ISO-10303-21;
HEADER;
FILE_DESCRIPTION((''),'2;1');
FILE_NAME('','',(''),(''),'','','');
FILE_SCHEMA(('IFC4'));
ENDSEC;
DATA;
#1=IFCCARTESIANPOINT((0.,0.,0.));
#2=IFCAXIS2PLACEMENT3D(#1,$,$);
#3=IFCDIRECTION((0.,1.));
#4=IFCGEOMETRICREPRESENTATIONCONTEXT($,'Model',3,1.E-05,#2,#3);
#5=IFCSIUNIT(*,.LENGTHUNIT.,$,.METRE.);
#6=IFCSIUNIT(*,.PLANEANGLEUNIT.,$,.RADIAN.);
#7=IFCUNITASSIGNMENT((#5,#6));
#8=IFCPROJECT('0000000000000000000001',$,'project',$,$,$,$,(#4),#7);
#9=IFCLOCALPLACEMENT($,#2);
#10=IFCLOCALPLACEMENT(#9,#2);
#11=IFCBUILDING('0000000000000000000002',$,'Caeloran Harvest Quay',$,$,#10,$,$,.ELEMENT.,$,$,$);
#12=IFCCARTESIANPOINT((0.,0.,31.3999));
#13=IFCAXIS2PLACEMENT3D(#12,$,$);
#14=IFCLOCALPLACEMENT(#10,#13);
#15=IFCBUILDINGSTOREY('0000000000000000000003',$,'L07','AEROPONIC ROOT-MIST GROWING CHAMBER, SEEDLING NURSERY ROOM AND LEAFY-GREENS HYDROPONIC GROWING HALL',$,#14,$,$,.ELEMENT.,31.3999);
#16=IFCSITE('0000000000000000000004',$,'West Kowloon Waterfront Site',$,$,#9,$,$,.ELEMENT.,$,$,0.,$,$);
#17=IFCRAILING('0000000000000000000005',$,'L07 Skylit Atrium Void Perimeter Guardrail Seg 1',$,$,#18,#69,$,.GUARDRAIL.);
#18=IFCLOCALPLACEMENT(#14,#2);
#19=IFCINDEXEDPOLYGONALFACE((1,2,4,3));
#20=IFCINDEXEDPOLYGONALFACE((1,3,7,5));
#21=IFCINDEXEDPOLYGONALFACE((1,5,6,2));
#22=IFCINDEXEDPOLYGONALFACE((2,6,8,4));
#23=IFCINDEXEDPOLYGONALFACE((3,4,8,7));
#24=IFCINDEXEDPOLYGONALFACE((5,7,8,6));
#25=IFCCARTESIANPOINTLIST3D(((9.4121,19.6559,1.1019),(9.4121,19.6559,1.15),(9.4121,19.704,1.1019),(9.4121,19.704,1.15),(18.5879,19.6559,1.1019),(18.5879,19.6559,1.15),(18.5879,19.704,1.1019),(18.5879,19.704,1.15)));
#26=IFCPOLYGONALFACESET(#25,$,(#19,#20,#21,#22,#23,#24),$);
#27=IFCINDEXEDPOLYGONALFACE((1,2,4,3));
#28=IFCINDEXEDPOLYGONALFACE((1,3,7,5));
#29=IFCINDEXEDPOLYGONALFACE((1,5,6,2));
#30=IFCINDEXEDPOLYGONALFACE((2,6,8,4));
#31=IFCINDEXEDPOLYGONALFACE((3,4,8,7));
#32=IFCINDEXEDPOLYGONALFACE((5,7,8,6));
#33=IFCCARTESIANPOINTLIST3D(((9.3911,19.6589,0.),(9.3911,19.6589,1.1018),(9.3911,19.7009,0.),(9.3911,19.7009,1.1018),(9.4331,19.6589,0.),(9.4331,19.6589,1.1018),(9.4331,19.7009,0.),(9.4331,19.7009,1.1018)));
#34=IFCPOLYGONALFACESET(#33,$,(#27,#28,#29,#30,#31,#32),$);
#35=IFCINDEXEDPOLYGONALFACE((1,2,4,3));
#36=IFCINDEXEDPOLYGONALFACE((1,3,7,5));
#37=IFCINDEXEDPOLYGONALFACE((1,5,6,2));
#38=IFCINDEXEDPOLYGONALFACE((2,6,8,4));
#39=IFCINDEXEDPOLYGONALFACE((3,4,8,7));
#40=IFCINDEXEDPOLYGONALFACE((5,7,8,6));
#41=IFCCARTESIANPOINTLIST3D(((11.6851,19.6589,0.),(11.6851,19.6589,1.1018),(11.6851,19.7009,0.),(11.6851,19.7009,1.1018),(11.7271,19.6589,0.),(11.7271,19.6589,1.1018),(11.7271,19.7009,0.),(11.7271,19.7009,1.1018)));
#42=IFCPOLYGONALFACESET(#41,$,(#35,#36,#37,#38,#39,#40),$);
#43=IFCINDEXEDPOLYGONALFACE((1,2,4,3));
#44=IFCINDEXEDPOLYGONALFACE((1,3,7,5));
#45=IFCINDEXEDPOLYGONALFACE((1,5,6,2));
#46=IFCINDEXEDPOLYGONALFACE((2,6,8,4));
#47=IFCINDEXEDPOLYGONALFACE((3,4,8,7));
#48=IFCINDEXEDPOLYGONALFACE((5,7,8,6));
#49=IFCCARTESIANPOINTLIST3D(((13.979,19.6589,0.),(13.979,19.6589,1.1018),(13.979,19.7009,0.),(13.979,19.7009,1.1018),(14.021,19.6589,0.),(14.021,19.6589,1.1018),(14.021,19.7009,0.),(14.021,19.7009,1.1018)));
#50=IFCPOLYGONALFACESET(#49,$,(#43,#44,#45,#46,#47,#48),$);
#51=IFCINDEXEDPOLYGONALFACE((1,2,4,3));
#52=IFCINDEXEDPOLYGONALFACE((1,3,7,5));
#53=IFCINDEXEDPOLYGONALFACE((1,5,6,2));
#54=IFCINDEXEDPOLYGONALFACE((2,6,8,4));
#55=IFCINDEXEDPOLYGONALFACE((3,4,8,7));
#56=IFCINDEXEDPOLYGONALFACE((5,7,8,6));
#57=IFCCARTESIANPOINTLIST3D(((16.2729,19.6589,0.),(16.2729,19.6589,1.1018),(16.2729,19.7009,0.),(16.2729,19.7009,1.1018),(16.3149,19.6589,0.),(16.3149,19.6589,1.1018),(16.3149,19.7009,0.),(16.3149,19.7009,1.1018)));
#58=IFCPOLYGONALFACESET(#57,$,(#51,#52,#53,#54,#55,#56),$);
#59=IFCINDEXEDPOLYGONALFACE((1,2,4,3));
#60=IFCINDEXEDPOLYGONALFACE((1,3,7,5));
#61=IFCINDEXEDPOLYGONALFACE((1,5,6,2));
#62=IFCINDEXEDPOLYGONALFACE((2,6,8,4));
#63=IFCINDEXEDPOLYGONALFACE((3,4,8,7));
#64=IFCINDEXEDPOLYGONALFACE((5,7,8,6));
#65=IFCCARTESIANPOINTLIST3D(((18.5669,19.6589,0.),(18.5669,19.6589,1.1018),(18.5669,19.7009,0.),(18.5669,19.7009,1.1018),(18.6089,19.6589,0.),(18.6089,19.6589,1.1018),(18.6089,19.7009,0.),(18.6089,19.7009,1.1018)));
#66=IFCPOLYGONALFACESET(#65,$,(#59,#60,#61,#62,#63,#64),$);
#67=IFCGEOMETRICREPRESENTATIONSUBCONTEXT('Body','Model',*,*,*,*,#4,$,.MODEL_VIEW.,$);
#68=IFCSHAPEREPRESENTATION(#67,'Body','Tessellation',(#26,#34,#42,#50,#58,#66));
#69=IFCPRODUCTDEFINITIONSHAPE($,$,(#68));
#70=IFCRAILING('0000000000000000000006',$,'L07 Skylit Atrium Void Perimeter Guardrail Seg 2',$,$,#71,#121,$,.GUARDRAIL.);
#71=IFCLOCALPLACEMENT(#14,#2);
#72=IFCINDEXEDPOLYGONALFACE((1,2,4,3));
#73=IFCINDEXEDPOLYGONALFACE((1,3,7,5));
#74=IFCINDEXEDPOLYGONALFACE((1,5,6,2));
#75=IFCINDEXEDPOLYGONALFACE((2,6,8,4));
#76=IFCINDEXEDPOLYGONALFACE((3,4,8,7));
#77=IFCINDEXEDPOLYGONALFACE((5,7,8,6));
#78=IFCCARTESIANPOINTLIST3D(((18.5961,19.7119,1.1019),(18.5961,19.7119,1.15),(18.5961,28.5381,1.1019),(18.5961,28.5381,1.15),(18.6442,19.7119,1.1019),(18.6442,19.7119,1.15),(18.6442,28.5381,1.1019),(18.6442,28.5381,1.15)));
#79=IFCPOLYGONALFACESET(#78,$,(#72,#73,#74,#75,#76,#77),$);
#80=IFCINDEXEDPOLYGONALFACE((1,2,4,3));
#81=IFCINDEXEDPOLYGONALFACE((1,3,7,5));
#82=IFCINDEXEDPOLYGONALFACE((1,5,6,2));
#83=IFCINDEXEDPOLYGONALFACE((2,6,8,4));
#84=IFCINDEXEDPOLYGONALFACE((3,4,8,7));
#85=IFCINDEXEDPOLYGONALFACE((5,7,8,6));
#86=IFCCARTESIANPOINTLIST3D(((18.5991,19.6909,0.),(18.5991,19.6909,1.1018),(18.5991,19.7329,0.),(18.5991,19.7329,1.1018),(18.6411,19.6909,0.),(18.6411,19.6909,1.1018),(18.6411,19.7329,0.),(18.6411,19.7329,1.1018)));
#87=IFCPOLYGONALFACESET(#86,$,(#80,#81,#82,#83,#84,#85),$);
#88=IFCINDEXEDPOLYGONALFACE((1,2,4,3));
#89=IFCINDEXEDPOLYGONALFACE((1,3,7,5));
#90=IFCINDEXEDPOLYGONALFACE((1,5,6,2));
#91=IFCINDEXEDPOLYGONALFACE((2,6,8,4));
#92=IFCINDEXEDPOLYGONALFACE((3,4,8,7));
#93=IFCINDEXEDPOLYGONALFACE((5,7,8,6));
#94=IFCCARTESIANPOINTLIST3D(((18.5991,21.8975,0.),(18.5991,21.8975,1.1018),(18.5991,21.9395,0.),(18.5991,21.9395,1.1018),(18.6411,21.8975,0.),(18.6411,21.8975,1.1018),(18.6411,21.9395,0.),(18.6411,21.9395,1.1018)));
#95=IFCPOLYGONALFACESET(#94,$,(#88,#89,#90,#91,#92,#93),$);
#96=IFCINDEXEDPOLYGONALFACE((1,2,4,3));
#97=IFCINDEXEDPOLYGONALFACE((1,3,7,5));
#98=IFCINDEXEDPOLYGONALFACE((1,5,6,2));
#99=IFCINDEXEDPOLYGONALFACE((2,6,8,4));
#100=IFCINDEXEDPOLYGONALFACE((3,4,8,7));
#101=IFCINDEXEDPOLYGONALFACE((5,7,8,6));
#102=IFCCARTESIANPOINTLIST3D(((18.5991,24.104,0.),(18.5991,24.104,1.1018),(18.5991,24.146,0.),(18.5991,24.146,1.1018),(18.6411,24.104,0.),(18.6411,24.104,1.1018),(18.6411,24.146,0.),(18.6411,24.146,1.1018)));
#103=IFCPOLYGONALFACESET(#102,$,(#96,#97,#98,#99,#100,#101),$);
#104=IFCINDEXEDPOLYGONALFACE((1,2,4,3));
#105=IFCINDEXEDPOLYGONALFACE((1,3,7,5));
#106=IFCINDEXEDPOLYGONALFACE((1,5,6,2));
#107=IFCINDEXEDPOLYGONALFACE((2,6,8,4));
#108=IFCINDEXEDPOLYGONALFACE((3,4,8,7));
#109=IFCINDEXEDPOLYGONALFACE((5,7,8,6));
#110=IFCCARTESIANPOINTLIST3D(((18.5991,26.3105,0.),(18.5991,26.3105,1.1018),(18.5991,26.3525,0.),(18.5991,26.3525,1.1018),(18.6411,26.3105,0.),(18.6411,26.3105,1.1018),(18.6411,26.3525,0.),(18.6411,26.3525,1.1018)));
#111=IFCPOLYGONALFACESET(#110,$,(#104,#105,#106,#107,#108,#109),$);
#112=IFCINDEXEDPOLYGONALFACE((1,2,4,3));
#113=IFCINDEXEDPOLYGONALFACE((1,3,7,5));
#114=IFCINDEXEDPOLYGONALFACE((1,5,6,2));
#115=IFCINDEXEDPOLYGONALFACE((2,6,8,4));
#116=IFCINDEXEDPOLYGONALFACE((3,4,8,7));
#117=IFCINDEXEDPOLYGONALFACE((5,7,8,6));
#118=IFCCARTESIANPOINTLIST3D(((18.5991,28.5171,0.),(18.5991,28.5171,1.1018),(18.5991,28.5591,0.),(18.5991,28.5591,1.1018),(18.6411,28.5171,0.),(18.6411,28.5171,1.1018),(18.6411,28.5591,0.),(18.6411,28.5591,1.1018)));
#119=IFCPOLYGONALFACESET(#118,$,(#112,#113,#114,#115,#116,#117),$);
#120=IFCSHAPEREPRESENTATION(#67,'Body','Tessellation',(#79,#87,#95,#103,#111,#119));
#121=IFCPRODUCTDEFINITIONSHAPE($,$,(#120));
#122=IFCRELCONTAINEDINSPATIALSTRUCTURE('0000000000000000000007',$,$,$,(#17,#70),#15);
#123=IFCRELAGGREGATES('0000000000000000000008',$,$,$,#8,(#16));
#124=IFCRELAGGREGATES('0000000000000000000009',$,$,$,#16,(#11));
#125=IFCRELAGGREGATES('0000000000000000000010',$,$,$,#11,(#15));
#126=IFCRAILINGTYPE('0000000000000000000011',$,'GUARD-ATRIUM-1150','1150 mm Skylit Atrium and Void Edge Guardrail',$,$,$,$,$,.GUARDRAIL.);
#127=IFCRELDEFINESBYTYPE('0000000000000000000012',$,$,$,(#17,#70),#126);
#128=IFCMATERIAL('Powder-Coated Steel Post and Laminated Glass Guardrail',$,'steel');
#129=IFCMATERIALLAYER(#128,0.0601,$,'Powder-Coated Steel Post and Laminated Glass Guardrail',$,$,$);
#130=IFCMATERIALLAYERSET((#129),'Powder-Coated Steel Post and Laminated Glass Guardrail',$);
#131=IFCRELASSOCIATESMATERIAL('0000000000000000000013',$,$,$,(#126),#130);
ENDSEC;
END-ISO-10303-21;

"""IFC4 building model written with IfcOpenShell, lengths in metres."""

from ifc_helpers import new_model, si_unit, direction, frame, origin, origin_2d, place, context, subcontext, project, spatial, rectangle, extrude, material, layer, layer_set, type_object, element, save


model = new_model("IFC4")

# Units and contexts
model_context = context("Model", 3, precision=1e-05, world=origin(), true_north=direction((0.0, 1.0)))
body_context = subcontext(model_context, "Body", "Model", "MODEL_VIEW")
ifc_project = project(units=[si_unit("LENGTHUNIT", "METRE"), si_unit("PLANEANGLEUNIT", "RADIAN")], contexts=[model_context])

# Site, building, storey
site_placement = place(None, origin())
site = spatial("IfcSite", under=ifc_project, at=site_placement, Name="West Kowloon Waterfront Site", CompositionType="ELEMENT", RefElevation=0.0)
building_placement = place(site_placement, origin())
building = spatial("IfcBuilding", under=site, at=building_placement, Name="Caeloran Harvest Quay", CompositionType="ELEMENT")
storey_placement = place(building_placement, frame((0.0, 0.0, 31.3999)))
storey = spatial("IfcBuildingStorey", under=building, at=storey_placement, Name="L07", Description="AEROPONIC ROOT-MIST GROWING CHAMBER, SEEDLING NURSERY ROOM AND LEAFY-GREENS HYDROPONIC GROWING HALL", CompositionType="ELEMENT", Elevation=31.3999)

# Railings
ifc_material_1 = material(Name="Powder-Coated Steel Post and Laminated Glass Guardrail", Category="steel")
ifc_layer_1 = layer(ifc_material_1, 0.0601, Name="Powder-Coated Steel Post and Laminated Glass Guardrail")
ifc_layer_set_1 = layer_set([ifc_layer_1], Name="Powder-Coated Steel Post and Laminated Glass Guardrail")
railing_type = type_object("IfcRailingType", Name="GUARD-ATRIUM-1150", Description="1150 mm Skylit Atrium and Void Edge Guardrail", PredefinedType="GUARDRAIL", material=ifc_layer_set_1)
railing_1_placement = place(storey_placement, frame((9.4121, 19.6799, 0.0)))
element("IfcRailing", 1, at=railing_1_placement, inside=storey, type_object=railing_type, Name="L07 Skylit Atrium Void Perimeter Guardrail Seg 1", PredefinedType="GUARDRAIL", context=body_context, shape_type="SweptSolid", body=[
    extrude(rectangle(XDim=0.0481, YDim=0.0481, at=origin_2d()), frame((0.0, 0.0, 1.126), z_axis=(1.0, 0.0, 0.0), x_axis=(0.0, 1.0, 0.0)), (0.0, 0.0, 1.0), 9.1758),
    extrude(rectangle(XDim=0.042, YDim=0.042, at=origin_2d()), origin(), (0.0, 0.0, 1.0), 1.1018),
    extrude(rectangle(XDim=0.042, YDim=0.042, at=origin_2d()), frame((2.2939, 0.0, 0.0)), (0.0, 0.0, 1.0), 1.1018),
    extrude(rectangle(XDim=0.042, YDim=0.042, at=origin_2d()), frame((4.5879, 0.0, 0.0)), (0.0, 0.0, 1.0), 1.1018),
    extrude(rectangle(XDim=0.042, YDim=0.042, at=origin_2d()), frame((6.8818, 0.0, 0.0)), (0.0, 0.0, 1.0), 1.1018),
    extrude(rectangle(XDim=0.042, YDim=0.042, at=origin_2d()), frame((9.1758, 0.0, 0.0)), (0.0, 0.0, 1.0), 1.1018),
])
railing_2_placement = place(storey_placement, frame((18.6201, 19.7119, 0.0)))
element("IfcRailing", 2, at=railing_2_placement, inside=storey, type_object=railing_type, Name="L07 Skylit Atrium Void Perimeter Guardrail Seg 2", PredefinedType="GUARDRAIL", context=body_context, shape_type="SweptSolid", body=[
    extrude(rectangle(XDim=0.0481, YDim=0.0481, at=origin_2d()), frame((0.0, 0.0, 1.126), z_axis=(0.0, 1.0, 0.0), x_axis=(-1.0, 0.0, 0.0)), (0.0, 0.0, 1.0), 8.8262),
    extrude(rectangle(XDim=0.042, YDim=0.042, at=origin_2d()), origin(), (0.0, 0.0, 1.0), 1.1018),
    extrude(rectangle(XDim=0.042, YDim=0.042, at=origin_2d()), frame((0.0, 2.2065, 0.0)), (0.0, 0.0, 1.0), 1.1018),
    extrude(rectangle(XDim=0.042, YDim=0.042, at=origin_2d()), frame((0.0, 4.4131, 0.0)), (0.0, 0.0, 1.0), 1.1018),
    extrude(rectangle(XDim=0.042, YDim=0.042, at=origin_2d()), frame((0.0, 6.6196, 0.0)), (0.0, 0.0, 1.0), 1.1018),
    extrude(rectangle(XDim=0.042, YDim=0.042, at=origin_2d()), frame((0.0, 8.8262, 0.0)), (0.0, 0.0, 1.0), 1.1018),
])

save(model, "model.ifc")
